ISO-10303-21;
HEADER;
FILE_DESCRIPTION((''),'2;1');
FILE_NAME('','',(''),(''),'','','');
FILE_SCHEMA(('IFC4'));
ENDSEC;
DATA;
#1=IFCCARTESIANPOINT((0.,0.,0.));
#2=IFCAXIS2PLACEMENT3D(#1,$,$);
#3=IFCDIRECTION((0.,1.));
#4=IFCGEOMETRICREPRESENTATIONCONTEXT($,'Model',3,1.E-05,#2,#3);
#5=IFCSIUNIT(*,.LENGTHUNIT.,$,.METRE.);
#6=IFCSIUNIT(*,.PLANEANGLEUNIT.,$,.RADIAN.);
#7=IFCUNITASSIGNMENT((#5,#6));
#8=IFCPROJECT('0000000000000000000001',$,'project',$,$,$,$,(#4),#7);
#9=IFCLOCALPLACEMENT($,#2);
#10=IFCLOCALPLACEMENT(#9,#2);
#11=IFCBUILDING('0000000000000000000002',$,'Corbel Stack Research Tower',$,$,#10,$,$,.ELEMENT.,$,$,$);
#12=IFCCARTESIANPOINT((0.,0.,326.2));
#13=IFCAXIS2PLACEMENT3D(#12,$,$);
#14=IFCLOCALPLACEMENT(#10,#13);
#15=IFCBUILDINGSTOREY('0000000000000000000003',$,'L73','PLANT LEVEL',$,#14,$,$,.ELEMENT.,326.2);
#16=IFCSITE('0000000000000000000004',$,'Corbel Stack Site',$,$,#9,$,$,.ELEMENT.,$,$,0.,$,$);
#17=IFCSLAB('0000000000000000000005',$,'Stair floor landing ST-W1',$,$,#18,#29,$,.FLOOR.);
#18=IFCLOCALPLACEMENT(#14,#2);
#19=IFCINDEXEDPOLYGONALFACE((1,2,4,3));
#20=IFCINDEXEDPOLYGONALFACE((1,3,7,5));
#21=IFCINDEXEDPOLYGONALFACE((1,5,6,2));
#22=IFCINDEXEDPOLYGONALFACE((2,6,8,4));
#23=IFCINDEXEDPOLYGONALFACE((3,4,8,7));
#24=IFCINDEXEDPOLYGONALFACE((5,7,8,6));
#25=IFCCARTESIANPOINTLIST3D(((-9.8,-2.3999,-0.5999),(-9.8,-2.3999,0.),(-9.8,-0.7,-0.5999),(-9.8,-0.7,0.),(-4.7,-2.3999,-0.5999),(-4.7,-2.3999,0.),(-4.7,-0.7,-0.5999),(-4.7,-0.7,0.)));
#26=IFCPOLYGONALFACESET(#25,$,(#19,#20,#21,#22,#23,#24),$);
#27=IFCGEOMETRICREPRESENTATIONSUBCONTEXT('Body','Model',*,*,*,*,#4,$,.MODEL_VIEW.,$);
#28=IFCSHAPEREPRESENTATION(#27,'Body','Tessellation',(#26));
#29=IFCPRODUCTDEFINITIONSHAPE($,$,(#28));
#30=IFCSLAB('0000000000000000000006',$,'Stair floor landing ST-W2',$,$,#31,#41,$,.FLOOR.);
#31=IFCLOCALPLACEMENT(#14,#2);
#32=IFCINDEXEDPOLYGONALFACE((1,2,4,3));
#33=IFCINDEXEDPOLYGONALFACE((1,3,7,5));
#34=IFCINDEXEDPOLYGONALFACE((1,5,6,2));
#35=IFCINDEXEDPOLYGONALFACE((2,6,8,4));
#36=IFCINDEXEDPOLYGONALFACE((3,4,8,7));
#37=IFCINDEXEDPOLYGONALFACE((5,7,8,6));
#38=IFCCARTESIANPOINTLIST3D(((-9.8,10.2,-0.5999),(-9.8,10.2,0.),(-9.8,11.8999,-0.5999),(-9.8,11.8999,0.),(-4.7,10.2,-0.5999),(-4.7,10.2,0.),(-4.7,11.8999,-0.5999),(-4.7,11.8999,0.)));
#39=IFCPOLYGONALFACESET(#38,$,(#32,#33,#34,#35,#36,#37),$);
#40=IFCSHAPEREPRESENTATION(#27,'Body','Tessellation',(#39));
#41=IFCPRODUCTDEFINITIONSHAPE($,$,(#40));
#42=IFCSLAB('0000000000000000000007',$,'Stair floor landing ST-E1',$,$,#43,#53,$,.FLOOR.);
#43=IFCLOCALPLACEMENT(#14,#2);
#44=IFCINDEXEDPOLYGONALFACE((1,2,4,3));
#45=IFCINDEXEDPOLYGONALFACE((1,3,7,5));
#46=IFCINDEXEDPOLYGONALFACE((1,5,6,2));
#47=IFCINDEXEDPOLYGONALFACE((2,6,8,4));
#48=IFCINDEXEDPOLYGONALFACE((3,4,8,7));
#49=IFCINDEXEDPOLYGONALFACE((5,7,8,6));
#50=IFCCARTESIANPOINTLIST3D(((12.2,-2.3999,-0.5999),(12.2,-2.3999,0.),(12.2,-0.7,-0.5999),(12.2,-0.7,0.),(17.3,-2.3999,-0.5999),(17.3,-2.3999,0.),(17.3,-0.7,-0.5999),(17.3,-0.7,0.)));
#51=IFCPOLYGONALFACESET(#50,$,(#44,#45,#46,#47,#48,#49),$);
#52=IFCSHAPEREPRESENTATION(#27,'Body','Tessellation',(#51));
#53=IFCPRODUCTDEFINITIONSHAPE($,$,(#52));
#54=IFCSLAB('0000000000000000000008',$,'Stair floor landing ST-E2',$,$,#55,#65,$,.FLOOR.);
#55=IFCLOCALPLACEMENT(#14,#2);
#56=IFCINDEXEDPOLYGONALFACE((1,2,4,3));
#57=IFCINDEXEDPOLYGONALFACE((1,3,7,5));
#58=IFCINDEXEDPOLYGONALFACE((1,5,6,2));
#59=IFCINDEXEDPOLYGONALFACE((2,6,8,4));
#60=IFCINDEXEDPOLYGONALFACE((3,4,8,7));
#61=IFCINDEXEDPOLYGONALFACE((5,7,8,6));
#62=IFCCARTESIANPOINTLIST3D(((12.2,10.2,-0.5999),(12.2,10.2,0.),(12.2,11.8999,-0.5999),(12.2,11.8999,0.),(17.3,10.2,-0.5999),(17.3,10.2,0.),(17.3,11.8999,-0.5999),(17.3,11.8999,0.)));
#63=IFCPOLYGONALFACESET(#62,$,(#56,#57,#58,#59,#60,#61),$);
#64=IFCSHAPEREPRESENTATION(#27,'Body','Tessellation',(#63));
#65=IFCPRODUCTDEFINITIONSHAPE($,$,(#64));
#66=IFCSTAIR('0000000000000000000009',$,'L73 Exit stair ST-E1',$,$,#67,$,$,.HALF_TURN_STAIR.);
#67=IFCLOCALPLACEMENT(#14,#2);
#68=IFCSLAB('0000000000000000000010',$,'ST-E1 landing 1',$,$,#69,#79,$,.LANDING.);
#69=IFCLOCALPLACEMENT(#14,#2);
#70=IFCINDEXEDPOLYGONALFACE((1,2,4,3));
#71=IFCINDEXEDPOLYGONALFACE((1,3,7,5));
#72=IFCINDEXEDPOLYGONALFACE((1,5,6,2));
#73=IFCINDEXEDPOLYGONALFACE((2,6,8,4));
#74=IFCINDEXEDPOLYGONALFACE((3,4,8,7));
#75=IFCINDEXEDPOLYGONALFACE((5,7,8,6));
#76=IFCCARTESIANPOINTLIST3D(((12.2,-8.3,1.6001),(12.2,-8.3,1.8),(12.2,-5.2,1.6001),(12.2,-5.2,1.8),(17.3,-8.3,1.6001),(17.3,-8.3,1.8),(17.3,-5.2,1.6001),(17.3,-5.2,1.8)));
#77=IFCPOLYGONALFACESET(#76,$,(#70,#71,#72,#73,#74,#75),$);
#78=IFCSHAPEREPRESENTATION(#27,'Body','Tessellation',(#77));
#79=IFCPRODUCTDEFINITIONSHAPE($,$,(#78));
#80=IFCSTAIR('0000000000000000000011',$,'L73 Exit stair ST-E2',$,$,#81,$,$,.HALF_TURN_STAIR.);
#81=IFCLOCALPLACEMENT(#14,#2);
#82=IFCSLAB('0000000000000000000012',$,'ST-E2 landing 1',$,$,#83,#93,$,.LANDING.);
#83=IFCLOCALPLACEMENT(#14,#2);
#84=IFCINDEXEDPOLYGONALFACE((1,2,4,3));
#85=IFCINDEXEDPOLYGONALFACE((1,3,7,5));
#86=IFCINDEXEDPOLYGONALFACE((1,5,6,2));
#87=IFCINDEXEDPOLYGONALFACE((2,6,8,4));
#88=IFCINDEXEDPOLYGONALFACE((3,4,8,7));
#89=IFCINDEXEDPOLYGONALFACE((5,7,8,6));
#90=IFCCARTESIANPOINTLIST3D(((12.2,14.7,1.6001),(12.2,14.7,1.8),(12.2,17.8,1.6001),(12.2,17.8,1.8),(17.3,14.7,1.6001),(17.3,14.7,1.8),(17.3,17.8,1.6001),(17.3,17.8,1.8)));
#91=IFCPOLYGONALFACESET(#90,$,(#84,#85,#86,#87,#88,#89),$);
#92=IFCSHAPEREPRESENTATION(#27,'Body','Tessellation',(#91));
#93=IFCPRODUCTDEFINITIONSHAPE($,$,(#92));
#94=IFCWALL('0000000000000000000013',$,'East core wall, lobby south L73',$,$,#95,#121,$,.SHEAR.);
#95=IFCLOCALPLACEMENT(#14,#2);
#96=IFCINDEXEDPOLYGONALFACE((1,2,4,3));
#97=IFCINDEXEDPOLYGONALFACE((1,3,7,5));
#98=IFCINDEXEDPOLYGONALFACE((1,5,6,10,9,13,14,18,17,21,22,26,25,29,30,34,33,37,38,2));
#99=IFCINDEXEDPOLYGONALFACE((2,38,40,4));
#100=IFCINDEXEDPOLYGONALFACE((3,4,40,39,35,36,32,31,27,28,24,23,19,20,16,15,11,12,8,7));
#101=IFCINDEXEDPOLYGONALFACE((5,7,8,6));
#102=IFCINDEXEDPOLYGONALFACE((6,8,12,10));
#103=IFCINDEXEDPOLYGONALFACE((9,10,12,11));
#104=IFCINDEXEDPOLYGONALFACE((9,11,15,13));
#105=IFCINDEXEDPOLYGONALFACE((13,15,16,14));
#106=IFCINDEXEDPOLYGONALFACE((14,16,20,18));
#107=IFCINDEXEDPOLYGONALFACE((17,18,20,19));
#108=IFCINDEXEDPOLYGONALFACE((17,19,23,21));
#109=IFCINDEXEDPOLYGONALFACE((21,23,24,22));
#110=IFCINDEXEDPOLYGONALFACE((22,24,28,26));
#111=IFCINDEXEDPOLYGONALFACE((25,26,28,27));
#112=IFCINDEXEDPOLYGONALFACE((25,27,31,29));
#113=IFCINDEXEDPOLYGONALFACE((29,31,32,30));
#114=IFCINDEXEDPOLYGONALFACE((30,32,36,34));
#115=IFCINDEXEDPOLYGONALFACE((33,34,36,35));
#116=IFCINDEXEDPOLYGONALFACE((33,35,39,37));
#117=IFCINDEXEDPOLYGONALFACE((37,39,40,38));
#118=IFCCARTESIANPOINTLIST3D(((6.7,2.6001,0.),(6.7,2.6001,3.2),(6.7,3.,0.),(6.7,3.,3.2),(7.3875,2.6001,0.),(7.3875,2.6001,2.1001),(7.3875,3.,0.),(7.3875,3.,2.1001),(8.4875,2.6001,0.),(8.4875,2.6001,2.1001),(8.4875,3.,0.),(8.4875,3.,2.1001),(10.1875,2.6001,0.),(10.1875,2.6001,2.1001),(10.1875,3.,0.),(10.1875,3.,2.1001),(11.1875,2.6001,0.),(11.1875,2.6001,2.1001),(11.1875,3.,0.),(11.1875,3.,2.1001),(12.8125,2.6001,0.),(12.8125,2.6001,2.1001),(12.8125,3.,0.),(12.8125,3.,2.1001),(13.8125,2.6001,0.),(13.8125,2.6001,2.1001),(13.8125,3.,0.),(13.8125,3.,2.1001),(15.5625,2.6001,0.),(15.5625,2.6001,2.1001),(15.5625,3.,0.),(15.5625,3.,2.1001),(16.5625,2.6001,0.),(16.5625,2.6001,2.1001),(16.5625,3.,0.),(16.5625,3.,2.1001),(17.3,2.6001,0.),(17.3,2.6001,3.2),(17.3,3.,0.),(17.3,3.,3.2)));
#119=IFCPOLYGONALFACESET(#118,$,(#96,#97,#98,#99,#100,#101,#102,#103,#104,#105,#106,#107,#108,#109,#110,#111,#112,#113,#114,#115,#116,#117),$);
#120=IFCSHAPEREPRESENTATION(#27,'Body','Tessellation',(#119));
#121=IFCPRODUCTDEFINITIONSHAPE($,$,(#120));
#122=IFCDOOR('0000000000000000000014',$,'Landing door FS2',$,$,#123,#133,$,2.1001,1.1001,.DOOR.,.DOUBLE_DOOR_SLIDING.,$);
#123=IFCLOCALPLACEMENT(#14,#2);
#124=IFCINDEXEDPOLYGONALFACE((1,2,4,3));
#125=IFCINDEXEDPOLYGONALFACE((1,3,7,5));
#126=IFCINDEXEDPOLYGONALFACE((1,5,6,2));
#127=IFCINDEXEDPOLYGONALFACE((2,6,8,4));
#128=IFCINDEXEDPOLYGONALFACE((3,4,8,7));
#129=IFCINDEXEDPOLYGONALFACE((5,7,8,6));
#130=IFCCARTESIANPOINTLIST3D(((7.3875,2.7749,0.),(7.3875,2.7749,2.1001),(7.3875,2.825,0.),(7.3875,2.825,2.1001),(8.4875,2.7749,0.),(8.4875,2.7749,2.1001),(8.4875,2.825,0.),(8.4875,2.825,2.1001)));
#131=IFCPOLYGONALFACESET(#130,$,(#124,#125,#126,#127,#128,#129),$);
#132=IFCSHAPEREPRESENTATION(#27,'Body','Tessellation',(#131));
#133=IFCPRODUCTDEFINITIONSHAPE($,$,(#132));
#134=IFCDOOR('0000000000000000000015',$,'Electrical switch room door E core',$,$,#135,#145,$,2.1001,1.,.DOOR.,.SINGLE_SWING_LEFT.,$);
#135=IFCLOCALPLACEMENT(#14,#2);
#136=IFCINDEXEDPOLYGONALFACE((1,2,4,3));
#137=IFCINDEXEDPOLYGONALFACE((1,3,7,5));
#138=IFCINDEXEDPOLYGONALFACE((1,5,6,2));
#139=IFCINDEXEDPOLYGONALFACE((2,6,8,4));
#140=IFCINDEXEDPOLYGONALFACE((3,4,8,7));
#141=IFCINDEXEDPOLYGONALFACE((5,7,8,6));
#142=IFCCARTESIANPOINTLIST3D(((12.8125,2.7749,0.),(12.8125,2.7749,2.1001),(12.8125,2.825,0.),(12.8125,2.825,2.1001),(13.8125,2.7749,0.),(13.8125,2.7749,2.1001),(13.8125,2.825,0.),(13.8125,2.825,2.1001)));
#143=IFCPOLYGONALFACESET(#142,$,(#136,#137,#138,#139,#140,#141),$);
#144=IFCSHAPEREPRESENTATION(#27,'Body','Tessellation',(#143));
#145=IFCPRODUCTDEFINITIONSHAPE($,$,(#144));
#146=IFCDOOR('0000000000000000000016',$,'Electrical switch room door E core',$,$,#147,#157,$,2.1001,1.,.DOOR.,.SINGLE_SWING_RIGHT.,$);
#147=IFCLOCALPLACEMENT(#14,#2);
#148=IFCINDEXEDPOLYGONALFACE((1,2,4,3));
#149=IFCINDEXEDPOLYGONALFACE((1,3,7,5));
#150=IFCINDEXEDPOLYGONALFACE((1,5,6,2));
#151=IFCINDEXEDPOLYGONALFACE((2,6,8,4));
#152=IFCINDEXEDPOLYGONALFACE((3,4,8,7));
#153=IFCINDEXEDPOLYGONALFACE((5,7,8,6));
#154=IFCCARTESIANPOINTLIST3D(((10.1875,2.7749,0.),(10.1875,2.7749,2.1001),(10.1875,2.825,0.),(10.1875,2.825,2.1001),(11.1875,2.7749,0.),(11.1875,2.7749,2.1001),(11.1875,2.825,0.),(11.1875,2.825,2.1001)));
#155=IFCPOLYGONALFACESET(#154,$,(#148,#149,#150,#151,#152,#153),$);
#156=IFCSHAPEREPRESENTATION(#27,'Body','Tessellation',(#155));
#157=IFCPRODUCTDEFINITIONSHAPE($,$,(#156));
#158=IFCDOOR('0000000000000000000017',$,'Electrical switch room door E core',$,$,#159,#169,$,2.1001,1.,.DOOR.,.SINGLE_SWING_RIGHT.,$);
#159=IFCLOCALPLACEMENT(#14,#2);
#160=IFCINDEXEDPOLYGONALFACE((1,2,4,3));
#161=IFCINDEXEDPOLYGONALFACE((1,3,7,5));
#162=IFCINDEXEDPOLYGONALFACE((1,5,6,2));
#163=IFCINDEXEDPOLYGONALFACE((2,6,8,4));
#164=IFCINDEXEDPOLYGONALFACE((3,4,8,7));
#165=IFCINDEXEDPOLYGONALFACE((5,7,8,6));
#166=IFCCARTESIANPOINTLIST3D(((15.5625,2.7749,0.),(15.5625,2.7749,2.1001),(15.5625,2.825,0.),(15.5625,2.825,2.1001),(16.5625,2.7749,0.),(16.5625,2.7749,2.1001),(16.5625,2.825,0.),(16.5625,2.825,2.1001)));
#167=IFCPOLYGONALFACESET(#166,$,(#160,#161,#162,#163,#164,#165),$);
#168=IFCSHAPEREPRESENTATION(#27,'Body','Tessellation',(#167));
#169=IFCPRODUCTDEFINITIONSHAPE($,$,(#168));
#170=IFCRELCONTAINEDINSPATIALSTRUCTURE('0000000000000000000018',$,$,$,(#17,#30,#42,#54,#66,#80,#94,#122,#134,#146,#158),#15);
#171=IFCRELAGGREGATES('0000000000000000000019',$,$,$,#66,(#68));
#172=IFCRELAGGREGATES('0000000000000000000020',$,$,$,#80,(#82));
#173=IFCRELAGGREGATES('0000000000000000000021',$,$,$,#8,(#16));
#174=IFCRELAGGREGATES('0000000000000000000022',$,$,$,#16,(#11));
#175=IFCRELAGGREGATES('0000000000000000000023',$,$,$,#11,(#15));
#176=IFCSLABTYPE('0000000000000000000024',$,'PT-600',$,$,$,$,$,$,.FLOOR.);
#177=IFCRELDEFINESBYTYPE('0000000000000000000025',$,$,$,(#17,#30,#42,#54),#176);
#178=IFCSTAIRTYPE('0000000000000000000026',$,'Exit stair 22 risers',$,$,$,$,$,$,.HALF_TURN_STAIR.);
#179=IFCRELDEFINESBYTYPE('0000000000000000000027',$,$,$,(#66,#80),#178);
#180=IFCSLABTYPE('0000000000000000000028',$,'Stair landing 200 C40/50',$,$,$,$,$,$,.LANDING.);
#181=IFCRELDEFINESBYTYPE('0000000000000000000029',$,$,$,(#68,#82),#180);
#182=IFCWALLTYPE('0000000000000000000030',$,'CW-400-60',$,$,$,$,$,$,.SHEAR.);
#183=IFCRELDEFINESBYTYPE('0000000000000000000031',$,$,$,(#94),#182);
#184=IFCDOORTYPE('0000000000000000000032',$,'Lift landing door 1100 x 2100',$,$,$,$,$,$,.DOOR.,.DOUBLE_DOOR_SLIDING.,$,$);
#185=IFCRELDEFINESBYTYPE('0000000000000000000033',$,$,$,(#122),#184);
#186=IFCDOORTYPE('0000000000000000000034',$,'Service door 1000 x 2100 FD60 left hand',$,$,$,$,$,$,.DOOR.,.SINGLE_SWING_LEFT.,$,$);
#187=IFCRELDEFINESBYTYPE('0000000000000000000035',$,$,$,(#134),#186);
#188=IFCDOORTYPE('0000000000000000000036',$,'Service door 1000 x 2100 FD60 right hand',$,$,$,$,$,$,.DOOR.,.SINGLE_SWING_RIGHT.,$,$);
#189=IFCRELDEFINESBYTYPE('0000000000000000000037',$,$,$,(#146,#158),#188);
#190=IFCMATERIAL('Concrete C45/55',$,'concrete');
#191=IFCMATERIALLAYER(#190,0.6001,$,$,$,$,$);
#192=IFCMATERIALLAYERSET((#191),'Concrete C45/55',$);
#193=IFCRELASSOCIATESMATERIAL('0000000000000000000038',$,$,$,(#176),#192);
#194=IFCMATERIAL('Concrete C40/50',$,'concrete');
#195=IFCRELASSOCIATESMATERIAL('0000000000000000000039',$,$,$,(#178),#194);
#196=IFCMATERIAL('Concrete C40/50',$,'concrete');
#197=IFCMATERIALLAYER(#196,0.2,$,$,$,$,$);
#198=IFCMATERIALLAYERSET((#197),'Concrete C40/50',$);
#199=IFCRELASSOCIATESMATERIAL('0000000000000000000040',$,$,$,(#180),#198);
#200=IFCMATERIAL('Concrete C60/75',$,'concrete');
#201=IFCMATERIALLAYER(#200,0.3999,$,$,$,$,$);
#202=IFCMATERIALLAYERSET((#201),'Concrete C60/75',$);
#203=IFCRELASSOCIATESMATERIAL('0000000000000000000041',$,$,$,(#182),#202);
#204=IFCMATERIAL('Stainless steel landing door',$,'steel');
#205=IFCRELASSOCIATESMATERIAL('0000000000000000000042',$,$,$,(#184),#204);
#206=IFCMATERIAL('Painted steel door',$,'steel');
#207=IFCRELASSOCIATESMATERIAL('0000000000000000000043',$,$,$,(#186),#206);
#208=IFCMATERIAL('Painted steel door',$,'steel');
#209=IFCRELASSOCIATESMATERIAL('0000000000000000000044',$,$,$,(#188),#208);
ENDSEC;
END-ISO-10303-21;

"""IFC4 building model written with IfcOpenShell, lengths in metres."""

from ifc_helpers import new_model, si_unit, direction, frame, frame_2d, origin, place, context, subcontext, project, spatial, polyline, rectangle, outline, extrude, material, layer, layer_set, type_object, element, fill, aggregate, save


model = new_model("IFC4")

# Units and contexts
model_context = context("Model", 3, precision=1e-05, world=origin(), true_north=direction((0.0, 1.0)))
body_context = subcontext(model_context, "Body", "Model", "MODEL_VIEW")
ifc_project = project(units=[si_unit("LENGTHUNIT", "METRE"), si_unit("PLANEANGLEUNIT", "RADIAN")], contexts=[model_context])

# Site, building, storey
site_placement = place(None, origin())
site = spatial("IfcSite", under=ifc_project, at=site_placement, Name="Corbel Stack Site", CompositionType="ELEMENT", RefElevation=0.0)
building_placement = place(site_placement, origin())
building = spatial("IfcBuilding", under=site, at=building_placement, Name="Corbel Stack Research Tower", CompositionType="ELEMENT")
storey_placement = place(building_placement, frame((0.0, 0.0, 326.2)))
storey = spatial("IfcBuildingStorey", under=building, at=storey_placement, Name="L73", Description="PLANT LEVEL", CompositionType="ELEMENT", Elevation=326.2)

# Slabs
ifc_material_1 = material(Name="Concrete C45/55", Category="concrete")
ifc_layer_1 = layer(ifc_material_1, 0.6001)
ifc_layer_set_1 = layer_set([ifc_layer_1], Name="Concrete C45/55")
slab_type_1 = type_object("IfcSlabType", Name="PT-600", PredefinedType="FLOOR", material=ifc_layer_set_1)
slab_1_placement = place(storey_placement, frame((0.0, 0.0, -0.5999)))
element("IfcSlab", 1, at=slab_1_placement, inside=storey, type_object=slab_type_1, Name="Stair floor landing ST-W1", PredefinedType="FLOOR", context=body_context, shape_type="SweptSolid", body=[
    extrude(outline(polyline([(-9.8, -2.3999), (-4.7, -2.3999), (-4.7, -0.7), (-9.8, -0.7), (-9.8, -2.3999)])), origin(), (0.0, 0.0, 1.0), 0.5999),
])
slab_2_placement = place(storey_placement, frame((0.0, 0.0, -0.5999)))
element("IfcSlab", 2, at=slab_2_placement, inside=storey, type_object=slab_type_1, Name="Stair floor landing ST-W2", PredefinedType="FLOOR", context=body_context, shape_type="SweptSolid", body=[
    extrude(outline(polyline([(-9.8, 10.2), (-4.7, 10.2), (-4.7, 11.8999), (-9.8, 11.8999), (-9.8, 10.2)])), origin(), (0.0, 0.0, 1.0), 0.5999),
])
slab_3_placement = place(storey_placement, frame((0.0, 0.0, -0.5999)))
element("IfcSlab", 3, at=slab_3_placement, inside=storey, type_object=slab_type_1, Name="Stair floor landing ST-E1", PredefinedType="FLOOR", context=body_context, shape_type="SweptSolid", body=[
    extrude(outline(polyline([(12.2, -2.3999), (17.3, -2.3999), (17.3, -0.7), (12.2, -0.7), (12.2, -2.3999)])), origin(), (0.0, 0.0, 1.0), 0.5999),
])
slab_4_placement = place(storey_placement, frame((0.0, 0.0, -0.5999)))
element("IfcSlab", 4, at=slab_4_placement, inside=storey, type_object=slab_type_1, Name="Stair floor landing ST-E2", PredefinedType="FLOOR", context=body_context, shape_type="SweptSolid", body=[
    extrude(outline(polyline([(12.2, 10.2), (17.3, 10.2), (17.3, 11.8999), (12.2, 11.8999), (12.2, 10.2)])), origin(), (0.0, 0.0, 1.0), 0.5999),
])

# Stairs, slabs
ifc_material_2 = material(Name="Concrete C40/50", Category="concrete")
stair_type = type_object("IfcStairType", Name="Exit stair 22 risers", PredefinedType="HALF_TURN_STAIR", material=ifc_material_2)
stair_1_placement = place(storey_placement, origin())
stair_1 = element("IfcStair", 5, at=stair_1_placement, inside=storey, type_object=stair_type, Name="L73 Exit stair ST-E1", PredefinedType="HALF_TURN_STAIR")
ifc_material_3 = material(Name="Concrete C40/50", Category="concrete")
ifc_layer_2 = layer(ifc_material_3, 0.2)
ifc_layer_set_2 = layer_set([ifc_layer_2], Name="Concrete C40/50")
slab_type_2 = type_object("IfcSlabType", Name="Stair landing 200 C40/50", PredefinedType="LANDING", material=ifc_layer_set_2)
slab_5_placement = place(storey_placement, frame((0.0, 0.0, 1.6001)))
slab_5 = element("IfcSlab", 6, at=slab_5_placement, type_object=slab_type_2, Name="ST-E1 landing 1", PredefinedType="LANDING", context=body_context, shape_type="SweptSolid", body=[
    extrude(outline(polyline([(12.2, -8.3), (12.2, -5.2), (17.3, -5.2), (17.3, -8.3), (12.2, -8.3)])), origin(), (0.0, 0.0, 1.0), 0.2),
])
aggregate(stair_1, [slab_5])
stair_2_placement = place(storey_placement, origin())
stair_2 = element("IfcStair", 7, at=stair_2_placement, inside=storey, type_object=stair_type, Name="L73 Exit stair ST-E2", PredefinedType="HALF_TURN_STAIR")
slab_6_placement = place(storey_placement, frame((0.0, 0.0, 1.6001)))
slab_6 = element("IfcSlab", 8, at=slab_6_placement, type_object=slab_type_2, Name="ST-E2 landing 1", PredefinedType="LANDING", context=body_context, shape_type="SweptSolid", body=[
    extrude(outline(polyline([(12.2, 14.7), (12.2, 17.8), (17.3, 17.8), (17.3, 14.7), (12.2, 14.7)])), origin(), (0.0, 0.0, 1.0), 0.2),
])
aggregate(stair_2, [slab_6])

# Wall, openings, doors
ifc_material_4 = material(Name="Concrete C60/75", Category="concrete")
ifc_layer_3 = layer(ifc_material_4, 0.3999)
ifc_layer_set_3 = layer_set([ifc_layer_3], Name="Concrete C60/75")
wall_type = type_object("IfcWallType", Name="CW-400-60", PredefinedType="SHEAR", material=ifc_layer_set_3)
wall_1_placement = place(storey_placement, frame((6.7, 2.8, 0.0), z_axis=(0.0, 0.0, 1.0), x_axis=(1.0, 0.0, 0.0)))
wall_1 = element("IfcWall", 9, at=wall_1_placement, inside=storey, type_object=wall_type, Name="East core wall, lobby south L73", PredefinedType="SHEAR", context=body_context, shape_type="SweptSolid", body=[
    extrude(rectangle(XDim=10.6001, YDim=0.3999, at=frame_2d((5.3, 0.0))), origin(), (0.0, 0.0, 1.0), 3.2),
])
opening_1_placement = place(wall_1_placement, frame((0.6875, 0.0, 0.0)))
opening_1 = element("IfcOpeningElement", 10, at=opening_1_placement, cuts=wall_1, PredefinedType="OPENING", context=body_context, shape_type="SweptSolid", body=[
    extrude(rectangle(XDim=1.1001, YDim=2.1001, at=frame_2d((0.55, 1.05))), frame((0.0, 0.21, 0.0), z_axis=(0.0, -1.0, 0.0), x_axis=(1.0, 0.0, 0.0)), (0.0, 0.0, 1.0), 0.4199),
])
opening_2_placement = place(wall_1_placement, frame((3.4875, 0.0, 0.0)))
opening_2 = element("IfcOpeningElement", 11, at=opening_2_placement, cuts=wall_1, PredefinedType="OPENING", context=body_context, shape_type="SweptSolid", body=[
    extrude(rectangle(XDim=1.0, YDim=2.1001, at=frame_2d((0.5, 1.05))), frame((0.0, 0.21, 0.0), z_axis=(0.0, -1.0, 0.0), x_axis=(1.0, 0.0, 0.0)), (0.0, 0.0, 1.0), 0.4199),
])
opening_3_placement = place(wall_1_placement, frame((6.1125, 0.0, 0.0)))
opening_3 = element("IfcOpeningElement", 12, at=opening_3_placement, cuts=wall_1, PredefinedType="OPENING", context=body_context, shape_type="SweptSolid", body=[
    extrude(rectangle(XDim=1.0, YDim=2.1001, at=frame_2d((0.5, 1.05))), frame((0.0, 0.21, 0.0), z_axis=(0.0, -1.0, 0.0), x_axis=(1.0, 0.0, 0.0)), (0.0, 0.0, 1.0), 0.4199),
])
opening_4_placement = place(wall_1_placement, frame((8.8625, 0.0, 0.0)))
opening_4 = element("IfcOpeningElement", 13, at=opening_4_placement, cuts=wall_1, PredefinedType="OPENING", context=body_context, shape_type="SweptSolid", body=[
    extrude(rectangle(XDim=1.0, YDim=2.1001, at=frame_2d((0.5, 1.05))), frame((0.0, 0.21, 0.0), z_axis=(0.0, -1.0, 0.0), x_axis=(1.0, 0.0, 0.0)), (0.0, 0.0, 1.0), 0.4199),
])
ifc_material_5 = material(Name="Stainless steel landing door", Category="steel")
door_type_1 = type_object("IfcDoorType", Name="Lift landing door 1100 x 2100", OperationType="DOUBLE_DOOR_SLIDING", PredefinedType="DOOR", material=ifc_material_5)
door_1_placement = place(opening_1_placement, origin())
door_1 = element("IfcDoor", 14, at=door_1_placement, inside=storey, type_object=door_type_1, Name="Landing door FS2", OperationType="DOUBLE_DOOR_SLIDING", OverallHeight=2.1001, OverallWidth=1.1001, PredefinedType="DOOR", context=body_context, shape_type="SweptSolid", body=[
    extrude(rectangle(XDim=1.1001, YDim=2.1001, at=frame_2d((0.55, 1.05))), frame((0.0, 0.0249, 0.0), z_axis=(0.0, -1.0, 0.0), x_axis=(1.0, 0.0, 0.0)), (0.0, 0.0, 1.0), 0.05),
])
fill(opening_1, door_1)
ifc_material_6 = material(Name="Painted steel door", Category="steel")
door_type_2 = type_object("IfcDoorType", Name="Service door 1000 x 2100 FD60 left hand", OperationType="SINGLE_SWING_LEFT", PredefinedType="DOOR", material=ifc_material_6)
door_2_placement = place(opening_3_placement, origin())
door_2 = element("IfcDoor", 15, at=door_2_placement, inside=storey, type_object=door_type_2, Name="Electrical switch room door E core", OperationType="SINGLE_SWING_LEFT", OverallHeight=2.1001, OverallWidth=1.0, PredefinedType="DOOR", context=body_context, shape_type="SweptSolid", body=[
    extrude(rectangle(XDim=1.0, YDim=2.1001, at=frame_2d((0.5, 1.05))), frame((0.0, 0.0249, 0.0), z_axis=(0.0, -1.0, 0.0), x_axis=(1.0, 0.0, 0.0)), (0.0, 0.0, 1.0), 0.05),
])
fill(opening_3, door_2)
ifc_material_7 = material(Name="Painted steel door", Category="steel")
door_type_3 = type_object("IfcDoorType", Name="Service door 1000 x 2100 FD60 right hand", OperationType="SINGLE_SWING_RIGHT", PredefinedType="DOOR", material=ifc_material_7)
door_3_placement = place(opening_2_placement, origin())
door_3 = element("IfcDoor", 16, at=door_3_placement, inside=storey, type_object=door_type_3, Name="Electrical switch room door E core", OperationType="SINGLE_SWING_RIGHT", OverallHeight=2.1001, OverallWidth=1.0, PredefinedType="DOOR", context=body_context, shape_type="SweptSolid", body=[
    extrude(rectangle(XDim=1.0, YDim=2.1001, at=frame_2d((0.5, 1.05))), frame((0.0, 0.0249, 0.0), z_axis=(0.0, -1.0, 0.0), x_axis=(1.0, 0.0, 0.0)), (0.0, 0.0, 1.0), 0.05),
])
fill(opening_2, door_3)
door_4_placement = place(opening_4_placement, origin())
door_4 = element("IfcDoor", 17, at=door_4_placement, inside=storey, type_object=door_type_3, Name="Electrical switch room door E core", OperationType="SINGLE_SWING_RIGHT", OverallHeight=2.1001, OverallWidth=1.0, PredefinedType="DOOR", context=body_context, shape_type="SweptSolid", body=[
    extrude(rectangle(XDim=1.0, YDim=2.1001, at=frame_2d((0.5, 1.05))), frame((0.0, 0.0249, 0.0), z_axis=(0.0, -1.0, 0.0), x_axis=(1.0, 0.0, 0.0)), (0.0, 0.0, 1.0), 0.05),
])
fill(opening_4, door_4)

save(model, "model.ifc")
